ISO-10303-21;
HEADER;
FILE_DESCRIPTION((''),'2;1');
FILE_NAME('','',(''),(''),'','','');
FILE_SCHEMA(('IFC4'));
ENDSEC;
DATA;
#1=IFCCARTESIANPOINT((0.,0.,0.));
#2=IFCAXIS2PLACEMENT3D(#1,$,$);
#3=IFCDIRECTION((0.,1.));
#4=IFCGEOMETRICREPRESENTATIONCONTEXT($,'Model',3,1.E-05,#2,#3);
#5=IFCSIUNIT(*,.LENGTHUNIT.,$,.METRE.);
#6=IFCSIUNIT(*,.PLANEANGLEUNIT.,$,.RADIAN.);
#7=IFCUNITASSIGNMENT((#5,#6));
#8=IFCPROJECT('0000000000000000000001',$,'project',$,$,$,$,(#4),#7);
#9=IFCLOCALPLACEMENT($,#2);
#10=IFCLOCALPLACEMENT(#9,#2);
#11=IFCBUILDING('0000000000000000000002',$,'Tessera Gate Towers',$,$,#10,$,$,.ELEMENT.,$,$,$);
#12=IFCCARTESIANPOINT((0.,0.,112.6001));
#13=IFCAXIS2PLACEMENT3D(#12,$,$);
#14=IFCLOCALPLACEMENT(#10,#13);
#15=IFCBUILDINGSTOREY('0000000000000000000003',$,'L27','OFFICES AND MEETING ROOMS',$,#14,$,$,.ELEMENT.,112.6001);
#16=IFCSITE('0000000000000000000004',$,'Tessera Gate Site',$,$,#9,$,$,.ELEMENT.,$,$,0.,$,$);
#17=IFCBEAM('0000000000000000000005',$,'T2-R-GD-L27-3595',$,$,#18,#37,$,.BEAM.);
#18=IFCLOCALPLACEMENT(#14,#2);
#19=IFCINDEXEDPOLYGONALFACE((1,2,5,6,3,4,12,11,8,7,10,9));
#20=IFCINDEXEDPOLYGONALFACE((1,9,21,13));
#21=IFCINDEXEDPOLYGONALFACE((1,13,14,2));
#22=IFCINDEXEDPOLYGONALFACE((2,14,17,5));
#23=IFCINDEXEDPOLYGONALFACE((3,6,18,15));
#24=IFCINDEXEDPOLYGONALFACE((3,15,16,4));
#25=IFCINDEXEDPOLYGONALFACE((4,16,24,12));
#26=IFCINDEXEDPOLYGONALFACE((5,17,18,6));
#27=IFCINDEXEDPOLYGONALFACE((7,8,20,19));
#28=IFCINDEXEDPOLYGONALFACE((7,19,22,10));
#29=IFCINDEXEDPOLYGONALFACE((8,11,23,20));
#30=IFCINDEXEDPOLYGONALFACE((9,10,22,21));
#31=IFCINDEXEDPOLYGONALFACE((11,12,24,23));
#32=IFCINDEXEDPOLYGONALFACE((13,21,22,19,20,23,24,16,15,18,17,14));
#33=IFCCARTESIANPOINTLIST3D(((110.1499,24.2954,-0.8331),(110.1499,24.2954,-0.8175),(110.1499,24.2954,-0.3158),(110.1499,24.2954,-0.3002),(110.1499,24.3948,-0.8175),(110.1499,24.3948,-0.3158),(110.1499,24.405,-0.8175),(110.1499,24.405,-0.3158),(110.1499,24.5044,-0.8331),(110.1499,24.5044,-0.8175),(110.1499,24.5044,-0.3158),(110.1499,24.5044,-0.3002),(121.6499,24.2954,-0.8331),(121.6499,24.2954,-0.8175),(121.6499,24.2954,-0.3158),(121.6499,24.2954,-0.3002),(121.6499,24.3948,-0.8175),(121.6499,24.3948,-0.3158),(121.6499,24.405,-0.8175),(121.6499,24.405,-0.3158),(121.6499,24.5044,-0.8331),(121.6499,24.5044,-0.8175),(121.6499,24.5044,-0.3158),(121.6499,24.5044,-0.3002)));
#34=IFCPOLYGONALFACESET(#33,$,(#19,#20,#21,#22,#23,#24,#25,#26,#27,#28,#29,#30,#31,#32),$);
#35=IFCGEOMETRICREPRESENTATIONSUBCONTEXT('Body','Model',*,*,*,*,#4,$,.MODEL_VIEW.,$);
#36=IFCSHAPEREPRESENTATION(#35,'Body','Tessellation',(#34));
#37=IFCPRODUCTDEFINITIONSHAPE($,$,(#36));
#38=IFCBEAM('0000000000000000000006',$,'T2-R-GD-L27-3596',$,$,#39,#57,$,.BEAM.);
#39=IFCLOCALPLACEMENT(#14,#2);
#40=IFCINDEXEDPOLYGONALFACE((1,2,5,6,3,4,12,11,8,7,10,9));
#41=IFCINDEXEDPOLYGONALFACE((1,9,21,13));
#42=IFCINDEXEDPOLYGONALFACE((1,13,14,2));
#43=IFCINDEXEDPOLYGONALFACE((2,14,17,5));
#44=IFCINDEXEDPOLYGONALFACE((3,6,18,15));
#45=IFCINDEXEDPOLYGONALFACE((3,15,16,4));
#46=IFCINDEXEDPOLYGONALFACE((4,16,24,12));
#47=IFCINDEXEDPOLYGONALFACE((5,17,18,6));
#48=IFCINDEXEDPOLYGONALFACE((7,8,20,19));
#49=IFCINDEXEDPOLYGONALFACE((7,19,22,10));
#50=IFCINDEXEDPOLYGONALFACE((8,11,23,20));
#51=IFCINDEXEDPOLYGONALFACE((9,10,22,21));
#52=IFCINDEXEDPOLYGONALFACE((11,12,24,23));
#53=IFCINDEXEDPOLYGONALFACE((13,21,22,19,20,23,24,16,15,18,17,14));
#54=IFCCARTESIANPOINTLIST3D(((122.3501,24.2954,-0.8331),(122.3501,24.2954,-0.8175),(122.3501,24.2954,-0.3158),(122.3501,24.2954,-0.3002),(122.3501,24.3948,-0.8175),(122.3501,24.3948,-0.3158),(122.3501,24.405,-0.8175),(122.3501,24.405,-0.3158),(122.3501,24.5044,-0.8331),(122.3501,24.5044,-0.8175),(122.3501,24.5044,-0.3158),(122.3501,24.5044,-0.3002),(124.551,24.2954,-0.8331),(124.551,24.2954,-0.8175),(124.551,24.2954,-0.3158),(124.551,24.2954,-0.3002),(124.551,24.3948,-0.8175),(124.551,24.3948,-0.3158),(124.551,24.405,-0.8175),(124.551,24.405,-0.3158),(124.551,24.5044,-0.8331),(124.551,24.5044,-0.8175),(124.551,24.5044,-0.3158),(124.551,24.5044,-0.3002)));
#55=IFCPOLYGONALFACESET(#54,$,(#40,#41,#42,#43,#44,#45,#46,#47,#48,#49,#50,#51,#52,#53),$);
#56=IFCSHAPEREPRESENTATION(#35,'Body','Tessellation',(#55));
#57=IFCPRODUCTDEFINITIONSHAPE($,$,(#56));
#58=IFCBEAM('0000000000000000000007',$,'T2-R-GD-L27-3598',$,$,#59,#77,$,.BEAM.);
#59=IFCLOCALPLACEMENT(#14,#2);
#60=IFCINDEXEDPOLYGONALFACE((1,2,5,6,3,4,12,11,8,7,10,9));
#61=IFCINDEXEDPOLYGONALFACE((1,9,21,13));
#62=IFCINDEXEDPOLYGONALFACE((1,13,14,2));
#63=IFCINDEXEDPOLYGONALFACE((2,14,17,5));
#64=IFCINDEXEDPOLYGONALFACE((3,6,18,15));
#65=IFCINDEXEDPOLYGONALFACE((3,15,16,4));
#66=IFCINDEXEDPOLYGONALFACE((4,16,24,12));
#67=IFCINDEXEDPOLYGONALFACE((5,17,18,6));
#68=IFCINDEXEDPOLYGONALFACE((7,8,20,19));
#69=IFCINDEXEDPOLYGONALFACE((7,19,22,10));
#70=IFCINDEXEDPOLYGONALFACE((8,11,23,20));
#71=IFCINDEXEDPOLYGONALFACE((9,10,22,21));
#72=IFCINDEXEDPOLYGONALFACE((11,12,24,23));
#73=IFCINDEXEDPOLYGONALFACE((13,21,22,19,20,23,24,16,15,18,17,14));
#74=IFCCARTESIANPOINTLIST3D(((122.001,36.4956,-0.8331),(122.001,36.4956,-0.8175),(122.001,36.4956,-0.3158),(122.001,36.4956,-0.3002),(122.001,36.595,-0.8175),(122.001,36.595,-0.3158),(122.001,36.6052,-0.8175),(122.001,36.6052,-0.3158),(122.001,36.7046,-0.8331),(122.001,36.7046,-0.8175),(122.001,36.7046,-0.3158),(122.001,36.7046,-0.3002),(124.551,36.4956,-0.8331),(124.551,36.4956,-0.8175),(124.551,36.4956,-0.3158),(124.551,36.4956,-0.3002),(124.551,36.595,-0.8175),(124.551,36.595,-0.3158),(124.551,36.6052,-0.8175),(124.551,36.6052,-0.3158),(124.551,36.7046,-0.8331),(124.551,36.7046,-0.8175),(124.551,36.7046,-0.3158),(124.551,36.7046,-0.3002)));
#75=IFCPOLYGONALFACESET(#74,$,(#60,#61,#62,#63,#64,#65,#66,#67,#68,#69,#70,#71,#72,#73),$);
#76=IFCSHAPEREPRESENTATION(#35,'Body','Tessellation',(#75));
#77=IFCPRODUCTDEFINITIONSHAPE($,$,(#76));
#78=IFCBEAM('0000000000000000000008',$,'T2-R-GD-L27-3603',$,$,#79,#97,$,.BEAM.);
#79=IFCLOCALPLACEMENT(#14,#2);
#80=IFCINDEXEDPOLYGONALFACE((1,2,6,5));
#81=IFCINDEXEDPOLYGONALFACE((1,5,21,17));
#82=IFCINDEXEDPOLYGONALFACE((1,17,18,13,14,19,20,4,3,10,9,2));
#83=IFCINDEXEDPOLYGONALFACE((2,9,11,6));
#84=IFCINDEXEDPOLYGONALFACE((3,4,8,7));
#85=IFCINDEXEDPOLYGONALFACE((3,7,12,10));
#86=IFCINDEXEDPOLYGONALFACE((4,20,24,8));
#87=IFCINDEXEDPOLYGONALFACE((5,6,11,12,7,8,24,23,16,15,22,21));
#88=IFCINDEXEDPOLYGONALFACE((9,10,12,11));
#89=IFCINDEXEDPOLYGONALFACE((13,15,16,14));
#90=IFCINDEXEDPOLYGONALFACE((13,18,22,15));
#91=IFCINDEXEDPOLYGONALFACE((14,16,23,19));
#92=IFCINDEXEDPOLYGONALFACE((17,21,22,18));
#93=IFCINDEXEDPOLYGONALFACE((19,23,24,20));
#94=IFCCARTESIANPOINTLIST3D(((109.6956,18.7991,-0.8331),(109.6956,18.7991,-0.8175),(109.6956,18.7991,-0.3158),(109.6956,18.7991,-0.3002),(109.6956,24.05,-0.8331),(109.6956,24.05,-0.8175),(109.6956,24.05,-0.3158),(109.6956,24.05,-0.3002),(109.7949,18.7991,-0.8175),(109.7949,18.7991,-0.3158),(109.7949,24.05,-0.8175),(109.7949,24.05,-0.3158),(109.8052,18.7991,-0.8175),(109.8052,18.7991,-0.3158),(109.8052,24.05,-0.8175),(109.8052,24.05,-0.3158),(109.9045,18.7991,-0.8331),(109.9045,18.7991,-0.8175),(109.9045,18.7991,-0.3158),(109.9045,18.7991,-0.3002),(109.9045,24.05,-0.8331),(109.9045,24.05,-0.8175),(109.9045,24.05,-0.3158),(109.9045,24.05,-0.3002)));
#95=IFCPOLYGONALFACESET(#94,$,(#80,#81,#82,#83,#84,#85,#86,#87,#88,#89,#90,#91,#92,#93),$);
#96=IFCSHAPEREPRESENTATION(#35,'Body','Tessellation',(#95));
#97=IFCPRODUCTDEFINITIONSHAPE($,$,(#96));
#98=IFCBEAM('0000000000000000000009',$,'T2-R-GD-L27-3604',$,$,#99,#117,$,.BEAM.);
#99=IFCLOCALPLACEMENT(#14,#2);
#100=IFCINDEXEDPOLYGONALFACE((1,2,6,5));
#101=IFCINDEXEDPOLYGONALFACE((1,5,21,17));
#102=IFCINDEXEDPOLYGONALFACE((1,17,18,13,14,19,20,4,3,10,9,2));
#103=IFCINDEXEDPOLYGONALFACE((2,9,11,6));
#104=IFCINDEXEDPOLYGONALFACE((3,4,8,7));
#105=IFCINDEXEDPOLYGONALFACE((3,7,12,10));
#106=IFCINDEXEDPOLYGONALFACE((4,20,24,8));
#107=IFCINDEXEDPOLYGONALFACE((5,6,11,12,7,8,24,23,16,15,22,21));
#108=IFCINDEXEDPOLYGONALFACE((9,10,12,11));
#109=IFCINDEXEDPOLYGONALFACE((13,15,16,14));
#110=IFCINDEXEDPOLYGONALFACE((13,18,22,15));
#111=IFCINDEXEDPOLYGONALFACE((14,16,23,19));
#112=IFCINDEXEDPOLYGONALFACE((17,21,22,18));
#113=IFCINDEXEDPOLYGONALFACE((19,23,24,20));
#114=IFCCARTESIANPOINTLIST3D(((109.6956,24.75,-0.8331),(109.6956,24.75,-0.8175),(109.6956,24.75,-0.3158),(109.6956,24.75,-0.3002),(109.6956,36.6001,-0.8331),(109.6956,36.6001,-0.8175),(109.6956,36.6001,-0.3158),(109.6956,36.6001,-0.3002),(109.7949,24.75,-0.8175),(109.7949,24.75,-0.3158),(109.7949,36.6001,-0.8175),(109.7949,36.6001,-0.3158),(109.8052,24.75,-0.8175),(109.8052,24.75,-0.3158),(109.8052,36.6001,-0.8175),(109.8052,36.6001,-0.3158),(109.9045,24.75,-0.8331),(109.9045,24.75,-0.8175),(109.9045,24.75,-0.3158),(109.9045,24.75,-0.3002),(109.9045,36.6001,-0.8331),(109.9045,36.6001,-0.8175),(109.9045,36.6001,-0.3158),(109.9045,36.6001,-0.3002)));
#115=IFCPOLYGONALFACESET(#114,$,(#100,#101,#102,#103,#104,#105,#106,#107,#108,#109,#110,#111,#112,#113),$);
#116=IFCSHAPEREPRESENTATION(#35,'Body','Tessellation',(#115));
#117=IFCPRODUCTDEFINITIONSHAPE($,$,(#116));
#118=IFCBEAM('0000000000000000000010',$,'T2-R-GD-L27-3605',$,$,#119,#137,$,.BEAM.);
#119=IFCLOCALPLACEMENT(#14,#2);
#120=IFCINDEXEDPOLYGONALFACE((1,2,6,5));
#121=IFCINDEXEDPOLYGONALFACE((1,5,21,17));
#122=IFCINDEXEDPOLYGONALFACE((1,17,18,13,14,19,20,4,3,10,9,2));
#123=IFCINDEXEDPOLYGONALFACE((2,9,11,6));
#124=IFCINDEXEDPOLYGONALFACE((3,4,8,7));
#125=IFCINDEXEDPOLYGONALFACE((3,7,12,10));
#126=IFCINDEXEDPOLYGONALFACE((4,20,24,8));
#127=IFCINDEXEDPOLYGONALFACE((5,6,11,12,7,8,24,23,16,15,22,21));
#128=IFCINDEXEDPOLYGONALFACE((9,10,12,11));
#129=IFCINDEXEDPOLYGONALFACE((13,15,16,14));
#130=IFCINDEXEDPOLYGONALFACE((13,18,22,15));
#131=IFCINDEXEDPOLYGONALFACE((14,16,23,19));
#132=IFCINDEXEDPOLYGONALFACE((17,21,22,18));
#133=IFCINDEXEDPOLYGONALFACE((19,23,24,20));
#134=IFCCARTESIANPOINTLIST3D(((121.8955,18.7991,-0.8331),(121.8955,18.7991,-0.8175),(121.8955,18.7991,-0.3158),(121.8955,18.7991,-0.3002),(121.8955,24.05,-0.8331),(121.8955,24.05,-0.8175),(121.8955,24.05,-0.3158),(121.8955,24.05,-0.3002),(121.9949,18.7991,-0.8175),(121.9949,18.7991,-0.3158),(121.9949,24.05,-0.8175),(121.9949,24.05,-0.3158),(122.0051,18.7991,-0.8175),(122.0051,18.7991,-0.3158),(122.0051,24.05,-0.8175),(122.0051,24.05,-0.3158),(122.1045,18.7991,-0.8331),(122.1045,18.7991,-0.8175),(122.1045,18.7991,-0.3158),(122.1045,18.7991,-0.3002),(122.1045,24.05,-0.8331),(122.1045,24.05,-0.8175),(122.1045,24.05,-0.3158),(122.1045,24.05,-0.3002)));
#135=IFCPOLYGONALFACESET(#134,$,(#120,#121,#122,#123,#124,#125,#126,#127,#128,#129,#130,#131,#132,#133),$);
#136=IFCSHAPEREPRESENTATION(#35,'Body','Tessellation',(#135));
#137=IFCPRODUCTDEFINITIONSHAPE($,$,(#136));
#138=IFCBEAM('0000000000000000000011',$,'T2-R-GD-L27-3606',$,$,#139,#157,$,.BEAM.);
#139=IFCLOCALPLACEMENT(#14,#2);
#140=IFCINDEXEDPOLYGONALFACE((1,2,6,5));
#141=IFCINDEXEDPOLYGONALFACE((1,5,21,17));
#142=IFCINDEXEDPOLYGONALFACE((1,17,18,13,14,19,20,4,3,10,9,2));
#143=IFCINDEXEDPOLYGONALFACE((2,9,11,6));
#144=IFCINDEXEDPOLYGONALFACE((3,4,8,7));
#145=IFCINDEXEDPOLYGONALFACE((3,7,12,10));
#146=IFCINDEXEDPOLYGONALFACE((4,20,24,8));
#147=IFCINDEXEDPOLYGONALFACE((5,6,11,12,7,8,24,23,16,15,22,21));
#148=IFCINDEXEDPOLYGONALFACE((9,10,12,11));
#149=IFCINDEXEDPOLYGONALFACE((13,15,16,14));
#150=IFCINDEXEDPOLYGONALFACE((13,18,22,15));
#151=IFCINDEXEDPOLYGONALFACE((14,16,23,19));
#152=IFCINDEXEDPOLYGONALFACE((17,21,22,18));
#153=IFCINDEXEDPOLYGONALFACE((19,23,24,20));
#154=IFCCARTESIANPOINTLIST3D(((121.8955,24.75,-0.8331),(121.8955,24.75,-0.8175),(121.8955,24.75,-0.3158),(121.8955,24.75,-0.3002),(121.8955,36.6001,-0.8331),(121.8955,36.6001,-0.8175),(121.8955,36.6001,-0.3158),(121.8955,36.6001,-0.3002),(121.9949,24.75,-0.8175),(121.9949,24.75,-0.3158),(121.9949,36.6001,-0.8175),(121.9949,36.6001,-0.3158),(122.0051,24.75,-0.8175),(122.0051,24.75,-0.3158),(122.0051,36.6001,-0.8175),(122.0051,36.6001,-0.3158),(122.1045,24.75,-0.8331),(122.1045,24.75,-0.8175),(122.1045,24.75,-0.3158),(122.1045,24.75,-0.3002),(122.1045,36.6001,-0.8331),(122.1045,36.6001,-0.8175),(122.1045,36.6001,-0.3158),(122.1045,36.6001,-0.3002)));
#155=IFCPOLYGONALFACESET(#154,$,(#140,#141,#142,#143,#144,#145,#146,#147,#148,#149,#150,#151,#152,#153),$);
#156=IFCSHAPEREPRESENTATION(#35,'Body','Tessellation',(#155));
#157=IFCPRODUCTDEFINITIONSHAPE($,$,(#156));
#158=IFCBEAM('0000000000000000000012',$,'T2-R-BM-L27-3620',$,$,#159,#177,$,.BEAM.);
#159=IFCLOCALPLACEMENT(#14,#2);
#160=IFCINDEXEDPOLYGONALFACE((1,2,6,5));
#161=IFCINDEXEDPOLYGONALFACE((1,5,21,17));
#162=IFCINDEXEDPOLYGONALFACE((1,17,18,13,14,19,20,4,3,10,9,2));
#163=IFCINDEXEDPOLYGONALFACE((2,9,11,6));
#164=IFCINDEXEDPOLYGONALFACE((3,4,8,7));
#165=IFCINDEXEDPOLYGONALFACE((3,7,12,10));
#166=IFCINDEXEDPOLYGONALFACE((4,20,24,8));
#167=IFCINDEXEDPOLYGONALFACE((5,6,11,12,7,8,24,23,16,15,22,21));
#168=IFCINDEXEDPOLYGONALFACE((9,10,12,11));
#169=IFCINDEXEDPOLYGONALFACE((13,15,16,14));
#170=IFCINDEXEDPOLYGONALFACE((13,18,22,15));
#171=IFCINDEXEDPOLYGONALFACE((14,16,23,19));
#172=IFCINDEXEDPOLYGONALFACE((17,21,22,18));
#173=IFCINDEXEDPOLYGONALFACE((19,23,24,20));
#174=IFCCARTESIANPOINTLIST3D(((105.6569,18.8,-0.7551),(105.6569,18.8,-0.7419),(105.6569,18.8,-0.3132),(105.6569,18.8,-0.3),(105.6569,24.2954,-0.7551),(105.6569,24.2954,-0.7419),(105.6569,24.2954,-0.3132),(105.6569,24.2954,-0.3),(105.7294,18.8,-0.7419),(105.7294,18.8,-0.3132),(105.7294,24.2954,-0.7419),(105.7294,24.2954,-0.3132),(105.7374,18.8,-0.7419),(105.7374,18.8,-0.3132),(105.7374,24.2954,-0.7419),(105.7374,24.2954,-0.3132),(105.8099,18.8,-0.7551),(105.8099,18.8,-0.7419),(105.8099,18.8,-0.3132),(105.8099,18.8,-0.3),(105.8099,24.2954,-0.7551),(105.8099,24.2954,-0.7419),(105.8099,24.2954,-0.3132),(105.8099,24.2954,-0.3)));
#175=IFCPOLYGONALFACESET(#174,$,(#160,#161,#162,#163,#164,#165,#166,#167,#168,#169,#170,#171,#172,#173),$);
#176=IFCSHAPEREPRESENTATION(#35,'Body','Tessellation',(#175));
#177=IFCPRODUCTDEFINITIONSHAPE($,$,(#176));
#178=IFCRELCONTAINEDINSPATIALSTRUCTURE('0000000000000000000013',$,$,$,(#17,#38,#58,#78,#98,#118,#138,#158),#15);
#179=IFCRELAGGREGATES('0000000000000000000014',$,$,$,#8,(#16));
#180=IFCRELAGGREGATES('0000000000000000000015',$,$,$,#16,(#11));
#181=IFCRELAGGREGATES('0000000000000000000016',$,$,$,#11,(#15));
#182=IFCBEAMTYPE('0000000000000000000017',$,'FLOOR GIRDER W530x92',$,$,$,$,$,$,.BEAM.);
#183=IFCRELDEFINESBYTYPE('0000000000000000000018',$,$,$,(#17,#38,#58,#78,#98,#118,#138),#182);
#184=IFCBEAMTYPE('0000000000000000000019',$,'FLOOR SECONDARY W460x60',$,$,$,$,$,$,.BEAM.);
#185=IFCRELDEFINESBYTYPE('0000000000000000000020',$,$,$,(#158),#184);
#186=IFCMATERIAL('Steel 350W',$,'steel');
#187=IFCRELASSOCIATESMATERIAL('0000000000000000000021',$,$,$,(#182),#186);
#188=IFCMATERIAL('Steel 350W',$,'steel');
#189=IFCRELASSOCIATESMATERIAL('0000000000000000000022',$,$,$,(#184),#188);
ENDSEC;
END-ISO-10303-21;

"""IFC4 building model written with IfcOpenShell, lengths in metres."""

from ifc_helpers import new_model, si_unit, direction, frame, origin, origin_2d, place, context, subcontext, project, spatial, i_section, extrude, material, material_profile, profile_set, type_object, element, save


model = new_model("IFC4")

# Units and contexts
model_context = context("Model", 3, precision=1e-05, world=origin(), true_north=direction((0.0, 1.0)))
body_context = subcontext(model_context, "Body", "Model", "MODEL_VIEW")
ifc_project = project(units=[si_unit("LENGTHUNIT", "METRE"), si_unit("PLANEANGLEUNIT", "RADIAN")], contexts=[model_context])

# Site, building, storey
site_placement = place(None, origin())
site = spatial("IfcSite", under=ifc_project, at=site_placement, Name="Tessera Gate Site", CompositionType="ELEMENT", RefElevation=0.0)
building_placement = place(site_placement, origin())
building = spatial("IfcBuilding", under=site, at=building_placement, Name="Tessera Gate Towers", CompositionType="ELEMENT")
storey_placement = place(building_placement, frame((0.0, 0.0, 112.6001)))
storey = spatial("IfcBuildingStorey", under=building, at=storey_placement, Name="L27", Description="OFFICES AND MEETING ROOMS", CompositionType="ELEMENT", Elevation=112.6001)

# Beams
ifc_material_1 = material(Name="Steel 350W", Category="steel")
ifc_material_profile_1 = material_profile(ifc_material_1, i_section(OverallWidth=0.209, OverallDepth=0.533, WebThickness=0.0103, FlangeThickness=0.0156, at=origin_2d()), Name="W530x92")
ifc_profile_set_1 = profile_set([ifc_material_profile_1], Name="Steel 350W")
beam_type_1 = type_object("IfcBeamType", Name="FLOOR GIRDER W530x92", PredefinedType="BEAM", material=ifc_profile_set_1)
beam_1_placement = place(storey_placement, frame((110.1499, 24.3999, -0.5667), z_axis=(1.0, 0.0, 0.0), x_axis=(0.0, 1.0, 0.0)))
element("IfcBeam", 1, at=beam_1_placement, inside=storey, type_object=beam_type_1, Name="T2-R-GD-L27-3595", PredefinedType="BEAM", context=body_context, shape_type="SweptSolid", body=[
    extrude(i_section(OverallWidth=0.209, OverallDepth=0.533, WebThickness=0.0103, FlangeThickness=0.0156, at=origin_2d()), origin(), (0.0, 0.0, 1.0), 11.5),
])
beam_2_placement = place(storey_placement, frame((122.3501, 24.3999, -0.5667), z_axis=(1.0, 0.0, 0.0), x_axis=(0.0, 1.0, 0.0)))
element("IfcBeam", 2, at=beam_2_placement, inside=storey, type_object=beam_type_1, Name="T2-R-GD-L27-3596", PredefinedType="BEAM", context=body_context, shape_type="SweptSolid", body=[
    extrude(i_section(OverallWidth=0.209, OverallDepth=0.533, WebThickness=0.0103, FlangeThickness=0.0156, at=origin_2d()), origin(), (0.0, 0.0, 1.0), 2.2009),
])
beam_3_placement = place(storey_placement, frame((122.001, 36.6001, -0.5667), z_axis=(1.0, 0.0, 0.0), x_axis=(0.0, 1.0, 0.0)))
element("IfcBeam", 3, at=beam_3_placement, inside=storey, type_object=beam_type_1, Name="T2-R-GD-L27-3598", PredefinedType="BEAM", context=body_context, shape_type="SweptSolid", body=[
    extrude(i_section(OverallWidth=0.209, OverallDepth=0.533, WebThickness=0.0103, FlangeThickness=0.0156, at=origin_2d()), origin(), (0.0, 0.0, 1.0), 2.55),
])
beam_4_placement = place(storey_placement, frame((109.8, 18.7991, -0.5667), z_axis=(0.0, 1.0, 0.0), x_axis=(-1.0, 0.0, 0.0)))
element("IfcBeam", 4, at=beam_4_placement, inside=storey, type_object=beam_type_1, Name="T2-R-GD-L27-3603", PredefinedType="BEAM", context=body_context, shape_type="SweptSolid", body=[
    extrude(i_section(OverallWidth=0.209, OverallDepth=0.533, WebThickness=0.0103, FlangeThickness=0.0156, at=origin_2d()), origin(), (0.0, 0.0, 1.0), 5.251),
])
beam_5_placement = place(storey_placement, frame((109.8, 24.75, -0.5667), z_axis=(0.0, 1.0, 0.0), x_axis=(-1.0, 0.0, 0.0)))
element("IfcBeam", 5, at=beam_5_placement, inside=storey, type_object=beam_type_1, Name="T2-R-GD-L27-3604", PredefinedType="BEAM", context=body_context, shape_type="SweptSolid", body=[
    extrude(i_section(OverallWidth=0.209, OverallDepth=0.533, WebThickness=0.0103, FlangeThickness=0.0156, at=origin_2d()), origin(), (0.0, 0.0, 1.0), 11.8501),
])
beam_6_placement = place(storey_placement, frame((122.0, 18.7991, -0.5667), z_axis=(0.0, 1.0, 0.0), x_axis=(-1.0, 0.0, 0.0)))
element("IfcBeam", 6, at=beam_6_placement, inside=storey, type_object=beam_type_1, Name="T2-R-GD-L27-3605", PredefinedType="BEAM", context=body_context, shape_type="SweptSolid", body=[
    extrude(i_section(OverallWidth=0.209, OverallDepth=0.533, WebThickness=0.0103, FlangeThickness=0.0156, at=origin_2d()), origin(), (0.0, 0.0, 1.0), 5.251),
])
beam_7_placement = place(storey_placement, frame((122.0, 24.75, -0.5667), z_axis=(0.0, 1.0, 0.0), x_axis=(-1.0, 0.0, 0.0)))
element("IfcBeam", 7, at=beam_7_placement, inside=storey, type_object=beam_type_1, Name="T2-R-GD-L27-3606", PredefinedType="BEAM", context=body_context, shape_type="SweptSolid", body=[
    extrude(i_section(OverallWidth=0.209, OverallDepth=0.533, WebThickness=0.0103, FlangeThickness=0.0156, at=origin_2d()), origin(), (0.0, 0.0, 1.0), 11.8501),
])
ifc_material_2 = material(Name="Steel 350W", Category="steel")
ifc_material_profile_2 = material_profile(ifc_material_2, i_section(OverallWidth=0.1531, OverallDepth=0.4551, WebThickness=0.0081, FlangeThickness=0.0132, at=origin_2d()), Name="W460x60")
ifc_profile_set_2 = profile_set([ifc_material_profile_2], Name="Steel 350W")
beam_type_2 = type_object("IfcBeamType", Name="FLOOR SECONDARY W460x60", PredefinedType="BEAM", material=ifc_profile_set_2)
beam_8_placement = place(storey_placement, frame((105.7334, 18.8, -0.5276), z_axis=(0.0, 1.0, 0.0), x_axis=(-1.0, 0.0, 0.0)))
element("IfcBeam", 8, at=beam_8_placement, inside=storey, type_object=beam_type_2, Name="T2-R-BM-L27-3620", PredefinedType="BEAM", context=body_context, shape_type="SweptSolid", body=[
    extrude(i_section(OverallWidth=0.1531, OverallDepth=0.4551, WebThickness=0.0081, FlangeThickness=0.0132, at=origin_2d()), origin(), (0.0, 0.0, 1.0), 5.4954),
])

save(model, "model.ifc")
